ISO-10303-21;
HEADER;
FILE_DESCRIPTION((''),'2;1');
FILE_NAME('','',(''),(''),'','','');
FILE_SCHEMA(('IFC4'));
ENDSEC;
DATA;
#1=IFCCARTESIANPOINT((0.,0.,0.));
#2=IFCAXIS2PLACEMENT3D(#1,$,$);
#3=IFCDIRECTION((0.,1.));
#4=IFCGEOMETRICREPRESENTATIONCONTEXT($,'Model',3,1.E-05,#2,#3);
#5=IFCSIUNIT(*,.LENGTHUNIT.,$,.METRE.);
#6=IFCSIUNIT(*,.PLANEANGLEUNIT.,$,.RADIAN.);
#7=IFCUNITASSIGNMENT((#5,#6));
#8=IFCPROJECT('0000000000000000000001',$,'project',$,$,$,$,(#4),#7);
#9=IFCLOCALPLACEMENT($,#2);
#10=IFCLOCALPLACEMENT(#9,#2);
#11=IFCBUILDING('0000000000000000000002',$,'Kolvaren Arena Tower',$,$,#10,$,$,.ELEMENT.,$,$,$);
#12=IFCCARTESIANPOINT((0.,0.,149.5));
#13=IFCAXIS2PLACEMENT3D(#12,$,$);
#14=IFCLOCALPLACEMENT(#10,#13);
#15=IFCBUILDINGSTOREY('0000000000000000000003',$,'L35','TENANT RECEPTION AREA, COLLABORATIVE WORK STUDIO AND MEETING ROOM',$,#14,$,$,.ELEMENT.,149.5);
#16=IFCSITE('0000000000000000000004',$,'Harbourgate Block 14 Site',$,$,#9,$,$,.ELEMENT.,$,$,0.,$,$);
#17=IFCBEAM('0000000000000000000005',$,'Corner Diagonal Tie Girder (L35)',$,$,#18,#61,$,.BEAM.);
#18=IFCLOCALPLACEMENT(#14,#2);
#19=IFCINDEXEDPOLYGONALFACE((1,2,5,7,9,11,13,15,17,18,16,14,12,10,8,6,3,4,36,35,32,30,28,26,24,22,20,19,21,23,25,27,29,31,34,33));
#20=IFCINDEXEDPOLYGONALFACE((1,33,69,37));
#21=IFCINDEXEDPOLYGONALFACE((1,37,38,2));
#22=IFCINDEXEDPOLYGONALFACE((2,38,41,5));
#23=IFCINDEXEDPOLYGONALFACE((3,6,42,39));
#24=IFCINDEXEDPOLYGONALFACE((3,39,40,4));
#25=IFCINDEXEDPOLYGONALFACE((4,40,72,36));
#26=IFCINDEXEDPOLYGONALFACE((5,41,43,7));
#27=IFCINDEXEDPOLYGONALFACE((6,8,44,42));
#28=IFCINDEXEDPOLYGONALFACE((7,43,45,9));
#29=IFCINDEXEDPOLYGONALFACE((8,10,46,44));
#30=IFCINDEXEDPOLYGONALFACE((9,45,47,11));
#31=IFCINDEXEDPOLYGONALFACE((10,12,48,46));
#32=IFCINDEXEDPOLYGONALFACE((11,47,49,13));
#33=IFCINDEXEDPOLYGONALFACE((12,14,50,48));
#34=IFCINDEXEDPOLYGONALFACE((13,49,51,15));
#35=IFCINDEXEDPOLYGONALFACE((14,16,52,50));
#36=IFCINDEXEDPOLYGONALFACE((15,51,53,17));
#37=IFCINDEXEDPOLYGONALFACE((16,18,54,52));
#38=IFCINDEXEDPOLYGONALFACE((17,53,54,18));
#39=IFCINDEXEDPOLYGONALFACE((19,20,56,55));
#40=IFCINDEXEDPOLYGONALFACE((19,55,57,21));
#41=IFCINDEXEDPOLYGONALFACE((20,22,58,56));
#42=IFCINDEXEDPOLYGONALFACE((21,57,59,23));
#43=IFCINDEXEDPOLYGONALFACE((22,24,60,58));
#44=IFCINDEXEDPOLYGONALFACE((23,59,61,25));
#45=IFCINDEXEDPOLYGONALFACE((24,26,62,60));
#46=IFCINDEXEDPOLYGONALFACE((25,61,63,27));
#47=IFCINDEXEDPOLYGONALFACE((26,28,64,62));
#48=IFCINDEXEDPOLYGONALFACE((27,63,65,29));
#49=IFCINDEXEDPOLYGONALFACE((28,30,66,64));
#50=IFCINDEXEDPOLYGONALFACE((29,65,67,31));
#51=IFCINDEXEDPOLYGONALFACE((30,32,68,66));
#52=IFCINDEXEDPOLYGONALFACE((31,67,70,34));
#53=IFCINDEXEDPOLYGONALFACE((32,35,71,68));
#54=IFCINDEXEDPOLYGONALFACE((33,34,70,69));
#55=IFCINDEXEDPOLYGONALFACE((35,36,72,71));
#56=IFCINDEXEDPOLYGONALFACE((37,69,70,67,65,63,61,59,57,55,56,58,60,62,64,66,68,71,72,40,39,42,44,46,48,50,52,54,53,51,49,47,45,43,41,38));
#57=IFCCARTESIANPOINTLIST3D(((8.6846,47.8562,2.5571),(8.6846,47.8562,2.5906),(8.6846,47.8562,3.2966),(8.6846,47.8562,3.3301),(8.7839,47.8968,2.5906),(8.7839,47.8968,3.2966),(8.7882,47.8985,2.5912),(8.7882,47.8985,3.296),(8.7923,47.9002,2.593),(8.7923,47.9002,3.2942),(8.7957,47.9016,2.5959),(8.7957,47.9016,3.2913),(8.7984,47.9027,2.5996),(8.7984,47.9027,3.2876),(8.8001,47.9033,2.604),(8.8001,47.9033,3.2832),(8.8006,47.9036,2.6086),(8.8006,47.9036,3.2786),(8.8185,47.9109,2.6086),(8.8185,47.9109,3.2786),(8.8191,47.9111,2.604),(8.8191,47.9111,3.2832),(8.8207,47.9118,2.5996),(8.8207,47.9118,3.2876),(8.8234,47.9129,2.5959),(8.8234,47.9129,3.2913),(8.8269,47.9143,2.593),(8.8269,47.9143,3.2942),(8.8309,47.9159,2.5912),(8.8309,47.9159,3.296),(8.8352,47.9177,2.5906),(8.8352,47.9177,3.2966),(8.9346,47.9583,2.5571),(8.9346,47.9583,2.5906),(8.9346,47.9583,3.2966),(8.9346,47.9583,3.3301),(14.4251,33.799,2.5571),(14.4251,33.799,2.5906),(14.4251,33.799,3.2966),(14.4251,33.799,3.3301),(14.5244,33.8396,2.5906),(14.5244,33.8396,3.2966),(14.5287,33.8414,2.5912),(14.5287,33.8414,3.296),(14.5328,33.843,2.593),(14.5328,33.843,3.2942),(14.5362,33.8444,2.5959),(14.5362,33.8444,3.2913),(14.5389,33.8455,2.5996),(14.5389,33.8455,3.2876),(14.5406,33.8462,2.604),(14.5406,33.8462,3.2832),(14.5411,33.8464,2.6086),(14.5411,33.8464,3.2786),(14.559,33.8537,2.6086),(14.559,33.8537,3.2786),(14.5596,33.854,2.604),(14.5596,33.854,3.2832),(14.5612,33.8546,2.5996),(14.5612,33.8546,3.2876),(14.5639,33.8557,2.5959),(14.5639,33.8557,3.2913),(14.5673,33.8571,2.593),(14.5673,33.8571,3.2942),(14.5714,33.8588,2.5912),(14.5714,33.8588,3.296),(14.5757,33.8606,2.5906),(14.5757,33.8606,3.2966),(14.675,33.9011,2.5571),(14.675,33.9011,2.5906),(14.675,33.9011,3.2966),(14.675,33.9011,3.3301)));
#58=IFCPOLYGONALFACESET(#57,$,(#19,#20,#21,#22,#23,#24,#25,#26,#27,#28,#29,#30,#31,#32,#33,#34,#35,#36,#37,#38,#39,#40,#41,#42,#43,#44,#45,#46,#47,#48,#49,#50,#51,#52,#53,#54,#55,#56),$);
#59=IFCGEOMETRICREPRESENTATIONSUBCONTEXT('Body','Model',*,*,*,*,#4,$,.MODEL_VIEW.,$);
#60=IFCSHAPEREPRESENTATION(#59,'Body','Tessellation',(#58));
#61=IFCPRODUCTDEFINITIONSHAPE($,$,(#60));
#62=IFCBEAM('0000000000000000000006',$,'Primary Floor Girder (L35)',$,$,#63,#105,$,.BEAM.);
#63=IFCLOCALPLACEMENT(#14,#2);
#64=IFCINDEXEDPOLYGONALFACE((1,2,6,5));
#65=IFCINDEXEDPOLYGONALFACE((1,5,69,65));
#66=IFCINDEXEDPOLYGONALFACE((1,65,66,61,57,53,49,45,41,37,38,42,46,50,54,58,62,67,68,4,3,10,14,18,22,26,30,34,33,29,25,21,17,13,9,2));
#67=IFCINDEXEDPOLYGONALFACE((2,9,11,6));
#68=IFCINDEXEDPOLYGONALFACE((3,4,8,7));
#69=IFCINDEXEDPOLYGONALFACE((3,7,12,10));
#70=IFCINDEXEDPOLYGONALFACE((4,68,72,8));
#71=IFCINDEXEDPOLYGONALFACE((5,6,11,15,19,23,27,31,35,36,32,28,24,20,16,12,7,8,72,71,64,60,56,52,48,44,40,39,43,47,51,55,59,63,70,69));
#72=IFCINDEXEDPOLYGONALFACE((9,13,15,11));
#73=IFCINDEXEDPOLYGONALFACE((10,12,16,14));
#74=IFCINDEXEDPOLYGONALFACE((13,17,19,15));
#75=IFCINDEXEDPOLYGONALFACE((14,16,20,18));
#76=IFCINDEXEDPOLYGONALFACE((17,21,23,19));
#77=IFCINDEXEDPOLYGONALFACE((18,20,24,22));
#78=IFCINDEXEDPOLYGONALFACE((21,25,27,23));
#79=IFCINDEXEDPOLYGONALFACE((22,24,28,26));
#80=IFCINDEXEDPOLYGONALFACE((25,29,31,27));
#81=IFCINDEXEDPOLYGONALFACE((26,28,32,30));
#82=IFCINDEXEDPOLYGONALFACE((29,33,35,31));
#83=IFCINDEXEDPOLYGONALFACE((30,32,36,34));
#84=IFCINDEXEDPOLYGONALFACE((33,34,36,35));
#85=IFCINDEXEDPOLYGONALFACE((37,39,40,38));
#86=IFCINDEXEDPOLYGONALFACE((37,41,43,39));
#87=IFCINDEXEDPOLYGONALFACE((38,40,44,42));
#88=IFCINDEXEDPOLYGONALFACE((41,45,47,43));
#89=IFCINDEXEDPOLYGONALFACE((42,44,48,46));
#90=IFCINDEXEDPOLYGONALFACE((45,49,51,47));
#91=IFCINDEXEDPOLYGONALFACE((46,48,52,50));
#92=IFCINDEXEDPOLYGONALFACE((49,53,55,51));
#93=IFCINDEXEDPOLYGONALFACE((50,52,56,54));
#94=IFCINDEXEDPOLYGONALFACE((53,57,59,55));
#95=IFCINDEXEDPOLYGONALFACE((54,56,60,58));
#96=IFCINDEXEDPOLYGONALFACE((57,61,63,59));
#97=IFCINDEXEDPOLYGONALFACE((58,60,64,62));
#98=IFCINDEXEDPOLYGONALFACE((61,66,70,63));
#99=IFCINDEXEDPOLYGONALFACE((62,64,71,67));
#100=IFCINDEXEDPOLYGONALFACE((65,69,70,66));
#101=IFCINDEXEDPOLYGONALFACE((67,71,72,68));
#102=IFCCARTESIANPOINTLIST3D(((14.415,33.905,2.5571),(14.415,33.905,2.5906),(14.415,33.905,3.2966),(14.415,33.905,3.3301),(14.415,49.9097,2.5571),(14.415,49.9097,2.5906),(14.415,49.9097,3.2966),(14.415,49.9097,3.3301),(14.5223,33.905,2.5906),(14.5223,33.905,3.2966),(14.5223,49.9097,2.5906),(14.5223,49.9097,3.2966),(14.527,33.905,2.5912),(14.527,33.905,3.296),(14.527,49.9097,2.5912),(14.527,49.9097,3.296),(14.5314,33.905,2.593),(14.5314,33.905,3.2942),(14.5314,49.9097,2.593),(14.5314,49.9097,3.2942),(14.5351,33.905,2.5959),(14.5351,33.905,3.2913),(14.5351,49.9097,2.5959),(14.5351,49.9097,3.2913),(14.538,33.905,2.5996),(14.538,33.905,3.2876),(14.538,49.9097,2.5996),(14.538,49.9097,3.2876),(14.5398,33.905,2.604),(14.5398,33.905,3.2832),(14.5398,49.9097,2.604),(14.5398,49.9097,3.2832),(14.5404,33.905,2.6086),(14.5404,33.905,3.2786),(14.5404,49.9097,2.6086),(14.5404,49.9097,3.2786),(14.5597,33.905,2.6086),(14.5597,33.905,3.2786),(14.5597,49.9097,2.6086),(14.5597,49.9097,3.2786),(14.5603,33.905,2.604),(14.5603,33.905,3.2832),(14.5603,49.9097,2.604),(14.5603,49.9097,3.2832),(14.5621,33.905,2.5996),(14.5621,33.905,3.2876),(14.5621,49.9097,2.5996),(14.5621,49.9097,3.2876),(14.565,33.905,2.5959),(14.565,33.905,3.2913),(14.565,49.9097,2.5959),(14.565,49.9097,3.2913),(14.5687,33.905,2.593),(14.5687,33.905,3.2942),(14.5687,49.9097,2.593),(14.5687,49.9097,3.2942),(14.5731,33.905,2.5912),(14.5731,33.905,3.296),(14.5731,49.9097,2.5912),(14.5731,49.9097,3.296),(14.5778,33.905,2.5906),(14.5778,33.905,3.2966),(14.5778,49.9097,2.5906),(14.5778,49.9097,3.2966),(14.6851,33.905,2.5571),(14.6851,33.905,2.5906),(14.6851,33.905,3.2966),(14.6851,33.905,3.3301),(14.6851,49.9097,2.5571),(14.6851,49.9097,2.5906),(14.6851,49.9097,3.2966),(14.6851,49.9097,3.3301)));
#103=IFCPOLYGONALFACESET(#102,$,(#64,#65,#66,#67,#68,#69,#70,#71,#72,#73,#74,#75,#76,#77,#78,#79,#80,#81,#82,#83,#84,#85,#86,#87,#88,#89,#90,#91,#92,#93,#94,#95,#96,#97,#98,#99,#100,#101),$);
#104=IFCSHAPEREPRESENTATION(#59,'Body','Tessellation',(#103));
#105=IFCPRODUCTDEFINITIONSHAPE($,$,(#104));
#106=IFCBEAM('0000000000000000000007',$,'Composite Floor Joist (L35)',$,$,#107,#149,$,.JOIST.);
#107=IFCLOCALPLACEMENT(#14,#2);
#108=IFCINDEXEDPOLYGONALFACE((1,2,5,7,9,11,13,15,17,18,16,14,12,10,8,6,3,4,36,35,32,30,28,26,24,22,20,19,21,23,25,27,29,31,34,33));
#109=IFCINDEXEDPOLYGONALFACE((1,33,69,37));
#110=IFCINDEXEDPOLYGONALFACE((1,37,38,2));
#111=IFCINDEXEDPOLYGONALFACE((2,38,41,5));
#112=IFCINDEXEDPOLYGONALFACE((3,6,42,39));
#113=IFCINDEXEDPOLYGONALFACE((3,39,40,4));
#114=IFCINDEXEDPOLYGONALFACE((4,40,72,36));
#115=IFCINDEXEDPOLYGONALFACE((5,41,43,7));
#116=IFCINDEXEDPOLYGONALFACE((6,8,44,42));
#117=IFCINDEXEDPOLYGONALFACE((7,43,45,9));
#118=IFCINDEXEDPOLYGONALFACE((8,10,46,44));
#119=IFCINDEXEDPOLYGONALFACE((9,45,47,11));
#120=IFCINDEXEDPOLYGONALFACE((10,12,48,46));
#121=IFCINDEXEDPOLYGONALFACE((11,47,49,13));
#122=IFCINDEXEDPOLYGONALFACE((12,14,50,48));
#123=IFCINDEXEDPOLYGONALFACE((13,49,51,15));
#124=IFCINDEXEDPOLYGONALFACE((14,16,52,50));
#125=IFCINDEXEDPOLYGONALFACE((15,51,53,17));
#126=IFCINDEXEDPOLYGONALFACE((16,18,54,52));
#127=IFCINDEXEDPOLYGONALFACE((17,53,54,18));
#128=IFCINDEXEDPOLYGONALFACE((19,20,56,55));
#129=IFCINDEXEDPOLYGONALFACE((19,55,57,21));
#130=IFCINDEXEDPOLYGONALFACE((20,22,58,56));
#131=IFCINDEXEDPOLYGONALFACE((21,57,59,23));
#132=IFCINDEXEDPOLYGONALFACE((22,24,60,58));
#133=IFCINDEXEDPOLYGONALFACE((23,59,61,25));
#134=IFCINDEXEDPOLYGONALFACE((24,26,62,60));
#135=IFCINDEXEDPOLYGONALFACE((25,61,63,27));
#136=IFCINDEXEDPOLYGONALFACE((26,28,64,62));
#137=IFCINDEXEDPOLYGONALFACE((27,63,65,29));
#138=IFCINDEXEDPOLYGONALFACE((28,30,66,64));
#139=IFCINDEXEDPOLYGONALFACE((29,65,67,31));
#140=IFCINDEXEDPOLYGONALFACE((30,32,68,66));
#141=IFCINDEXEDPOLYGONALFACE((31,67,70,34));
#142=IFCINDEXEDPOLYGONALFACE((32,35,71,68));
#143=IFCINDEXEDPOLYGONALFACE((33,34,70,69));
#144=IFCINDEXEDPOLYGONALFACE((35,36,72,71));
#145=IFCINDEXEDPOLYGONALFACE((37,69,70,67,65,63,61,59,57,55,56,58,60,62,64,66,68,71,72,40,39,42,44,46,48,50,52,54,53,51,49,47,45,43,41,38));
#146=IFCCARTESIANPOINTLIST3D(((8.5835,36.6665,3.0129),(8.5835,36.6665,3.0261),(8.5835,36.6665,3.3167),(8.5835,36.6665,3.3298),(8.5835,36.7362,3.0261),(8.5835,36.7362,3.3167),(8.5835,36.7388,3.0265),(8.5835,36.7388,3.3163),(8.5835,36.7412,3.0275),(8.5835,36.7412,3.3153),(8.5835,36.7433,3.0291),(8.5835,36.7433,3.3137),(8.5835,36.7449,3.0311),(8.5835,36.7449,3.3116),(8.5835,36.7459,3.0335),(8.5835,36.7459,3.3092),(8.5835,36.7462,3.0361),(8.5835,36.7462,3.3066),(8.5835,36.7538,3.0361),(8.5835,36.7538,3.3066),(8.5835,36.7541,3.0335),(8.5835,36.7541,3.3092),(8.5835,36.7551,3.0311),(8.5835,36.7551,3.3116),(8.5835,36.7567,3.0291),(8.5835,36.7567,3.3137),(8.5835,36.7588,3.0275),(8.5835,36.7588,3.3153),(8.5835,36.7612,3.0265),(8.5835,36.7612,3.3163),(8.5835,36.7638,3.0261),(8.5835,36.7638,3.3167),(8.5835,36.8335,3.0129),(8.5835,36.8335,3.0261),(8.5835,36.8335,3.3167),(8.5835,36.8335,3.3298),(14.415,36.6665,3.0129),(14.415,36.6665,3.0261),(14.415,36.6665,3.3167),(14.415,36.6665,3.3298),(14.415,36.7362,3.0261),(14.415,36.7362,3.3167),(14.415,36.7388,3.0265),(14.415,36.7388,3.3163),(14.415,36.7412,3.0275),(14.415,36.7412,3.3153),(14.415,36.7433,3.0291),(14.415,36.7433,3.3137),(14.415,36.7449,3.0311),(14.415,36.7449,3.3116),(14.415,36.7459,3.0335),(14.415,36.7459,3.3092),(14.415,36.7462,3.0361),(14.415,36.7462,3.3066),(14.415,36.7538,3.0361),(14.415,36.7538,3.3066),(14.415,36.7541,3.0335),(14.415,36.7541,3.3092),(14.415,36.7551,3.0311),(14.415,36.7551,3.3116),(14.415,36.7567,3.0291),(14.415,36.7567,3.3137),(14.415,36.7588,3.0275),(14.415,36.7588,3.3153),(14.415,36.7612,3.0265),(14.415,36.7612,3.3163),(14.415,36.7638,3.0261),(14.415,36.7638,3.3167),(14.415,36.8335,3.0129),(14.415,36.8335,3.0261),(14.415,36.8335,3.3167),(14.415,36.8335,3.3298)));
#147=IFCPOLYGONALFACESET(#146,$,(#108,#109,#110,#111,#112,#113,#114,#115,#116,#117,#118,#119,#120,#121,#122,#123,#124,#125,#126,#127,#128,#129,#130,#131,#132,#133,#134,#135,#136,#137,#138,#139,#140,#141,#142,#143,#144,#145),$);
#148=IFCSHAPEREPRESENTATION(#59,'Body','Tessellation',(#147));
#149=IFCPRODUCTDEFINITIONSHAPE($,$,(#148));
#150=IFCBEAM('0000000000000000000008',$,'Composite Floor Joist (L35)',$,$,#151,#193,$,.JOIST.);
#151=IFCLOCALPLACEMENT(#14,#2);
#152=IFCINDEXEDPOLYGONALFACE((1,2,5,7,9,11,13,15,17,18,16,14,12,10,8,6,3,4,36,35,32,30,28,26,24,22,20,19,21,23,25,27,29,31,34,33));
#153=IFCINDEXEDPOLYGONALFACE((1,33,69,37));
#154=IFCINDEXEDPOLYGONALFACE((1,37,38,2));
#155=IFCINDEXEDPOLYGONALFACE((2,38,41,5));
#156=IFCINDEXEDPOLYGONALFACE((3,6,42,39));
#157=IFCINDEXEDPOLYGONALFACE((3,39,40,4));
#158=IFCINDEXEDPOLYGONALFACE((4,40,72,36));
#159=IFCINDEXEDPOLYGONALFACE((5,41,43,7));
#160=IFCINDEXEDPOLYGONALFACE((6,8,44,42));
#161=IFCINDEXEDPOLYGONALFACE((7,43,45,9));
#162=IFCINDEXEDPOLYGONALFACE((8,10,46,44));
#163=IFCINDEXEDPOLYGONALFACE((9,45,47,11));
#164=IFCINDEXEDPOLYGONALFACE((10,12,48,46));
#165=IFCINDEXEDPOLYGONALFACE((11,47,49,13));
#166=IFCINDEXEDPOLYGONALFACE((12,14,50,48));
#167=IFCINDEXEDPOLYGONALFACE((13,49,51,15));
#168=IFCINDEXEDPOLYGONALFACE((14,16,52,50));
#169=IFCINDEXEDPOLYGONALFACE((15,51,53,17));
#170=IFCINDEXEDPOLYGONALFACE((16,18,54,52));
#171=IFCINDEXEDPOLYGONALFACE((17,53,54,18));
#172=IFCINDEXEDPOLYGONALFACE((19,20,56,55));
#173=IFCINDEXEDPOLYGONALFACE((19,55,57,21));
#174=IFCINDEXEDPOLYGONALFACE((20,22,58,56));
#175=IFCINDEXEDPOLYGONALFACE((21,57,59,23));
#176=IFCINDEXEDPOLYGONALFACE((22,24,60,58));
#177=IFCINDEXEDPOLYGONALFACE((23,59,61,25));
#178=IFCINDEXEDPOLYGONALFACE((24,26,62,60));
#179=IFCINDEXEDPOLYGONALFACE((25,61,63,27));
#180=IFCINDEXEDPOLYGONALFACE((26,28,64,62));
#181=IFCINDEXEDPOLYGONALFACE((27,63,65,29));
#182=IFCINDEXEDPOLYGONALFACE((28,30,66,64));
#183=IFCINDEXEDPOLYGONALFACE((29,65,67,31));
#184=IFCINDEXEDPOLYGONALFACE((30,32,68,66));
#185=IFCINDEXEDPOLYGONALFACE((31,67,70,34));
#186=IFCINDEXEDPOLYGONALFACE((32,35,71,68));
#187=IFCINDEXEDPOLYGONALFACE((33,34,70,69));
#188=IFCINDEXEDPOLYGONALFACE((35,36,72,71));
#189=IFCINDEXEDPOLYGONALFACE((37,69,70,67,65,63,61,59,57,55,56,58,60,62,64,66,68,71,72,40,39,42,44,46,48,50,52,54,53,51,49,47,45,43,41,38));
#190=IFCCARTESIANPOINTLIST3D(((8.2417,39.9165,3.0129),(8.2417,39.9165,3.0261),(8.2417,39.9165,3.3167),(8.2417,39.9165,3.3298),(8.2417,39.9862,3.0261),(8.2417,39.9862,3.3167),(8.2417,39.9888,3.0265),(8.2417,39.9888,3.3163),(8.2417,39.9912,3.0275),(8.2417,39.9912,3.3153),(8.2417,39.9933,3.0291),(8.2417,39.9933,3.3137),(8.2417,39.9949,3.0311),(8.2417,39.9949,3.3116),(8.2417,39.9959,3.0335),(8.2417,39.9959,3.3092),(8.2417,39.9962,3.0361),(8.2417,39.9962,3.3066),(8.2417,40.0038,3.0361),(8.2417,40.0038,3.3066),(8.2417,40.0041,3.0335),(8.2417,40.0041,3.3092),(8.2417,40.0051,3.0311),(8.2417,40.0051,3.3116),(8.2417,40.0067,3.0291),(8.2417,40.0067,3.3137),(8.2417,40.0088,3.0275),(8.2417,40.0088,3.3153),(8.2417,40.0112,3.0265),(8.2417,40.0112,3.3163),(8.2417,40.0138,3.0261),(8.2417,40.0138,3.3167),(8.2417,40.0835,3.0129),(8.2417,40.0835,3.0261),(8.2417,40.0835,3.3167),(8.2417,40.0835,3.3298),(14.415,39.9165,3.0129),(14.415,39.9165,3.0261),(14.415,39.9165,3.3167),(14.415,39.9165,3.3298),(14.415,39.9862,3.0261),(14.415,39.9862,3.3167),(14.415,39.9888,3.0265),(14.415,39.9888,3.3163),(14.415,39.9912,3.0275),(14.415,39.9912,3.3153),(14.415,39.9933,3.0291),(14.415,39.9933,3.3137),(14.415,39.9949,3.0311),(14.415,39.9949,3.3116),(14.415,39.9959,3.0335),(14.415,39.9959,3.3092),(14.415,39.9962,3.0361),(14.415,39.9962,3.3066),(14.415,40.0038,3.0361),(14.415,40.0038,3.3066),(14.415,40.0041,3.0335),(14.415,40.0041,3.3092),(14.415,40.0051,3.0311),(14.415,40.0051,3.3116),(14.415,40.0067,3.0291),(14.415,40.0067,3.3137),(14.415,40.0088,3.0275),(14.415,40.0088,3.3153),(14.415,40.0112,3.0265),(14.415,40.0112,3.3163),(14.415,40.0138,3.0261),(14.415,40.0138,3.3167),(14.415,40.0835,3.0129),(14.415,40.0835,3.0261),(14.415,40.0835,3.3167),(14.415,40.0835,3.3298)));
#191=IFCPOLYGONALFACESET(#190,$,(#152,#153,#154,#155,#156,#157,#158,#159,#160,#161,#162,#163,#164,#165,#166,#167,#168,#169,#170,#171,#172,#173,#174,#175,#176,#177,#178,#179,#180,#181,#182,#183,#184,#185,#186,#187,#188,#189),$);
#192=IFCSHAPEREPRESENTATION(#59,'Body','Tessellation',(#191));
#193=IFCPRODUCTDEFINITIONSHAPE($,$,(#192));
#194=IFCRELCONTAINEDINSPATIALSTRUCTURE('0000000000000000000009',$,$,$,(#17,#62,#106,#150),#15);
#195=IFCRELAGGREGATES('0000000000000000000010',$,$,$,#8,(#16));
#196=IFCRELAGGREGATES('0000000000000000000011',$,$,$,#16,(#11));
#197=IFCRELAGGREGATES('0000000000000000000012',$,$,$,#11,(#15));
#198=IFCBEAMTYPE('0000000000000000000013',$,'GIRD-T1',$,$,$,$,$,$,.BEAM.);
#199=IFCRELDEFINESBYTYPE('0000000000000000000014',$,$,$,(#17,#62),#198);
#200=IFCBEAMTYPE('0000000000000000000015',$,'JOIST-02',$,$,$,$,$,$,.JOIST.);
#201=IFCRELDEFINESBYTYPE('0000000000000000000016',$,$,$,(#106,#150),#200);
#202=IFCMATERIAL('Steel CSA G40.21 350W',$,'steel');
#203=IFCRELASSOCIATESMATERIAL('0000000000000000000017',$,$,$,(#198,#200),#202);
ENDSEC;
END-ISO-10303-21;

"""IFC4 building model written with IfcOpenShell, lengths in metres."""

from ifc_helpers import new_model, si_unit, direction, frame, origin, origin_2d, place, context, subcontext, project, spatial, i_section, extrude, material, material_profile, profile_set, type_object, element, save


model = new_model("IFC4")

# Units and contexts
model_context = context("Model", 3, precision=1e-05, world=origin(), true_north=direction((0.0, 1.0)))
body_context = subcontext(model_context, "Body", "Model", "MODEL_VIEW")
ifc_project = project(units=[si_unit("LENGTHUNIT", "METRE"), si_unit("PLANEANGLEUNIT", "RADIAN")], contexts=[model_context])

# Site, building, storey
site_placement = place(None, origin())
site = spatial("IfcSite", under=ifc_project, at=site_placement, Name="Harbourgate Block 14 Site", CompositionType="ELEMENT", RefElevation=0.0)
building_placement = place(site_placement, origin())
building = spatial("IfcBuilding", under=site, at=building_placement, Name="Kolvaren Arena Tower", CompositionType="ELEMENT")
storey_placement = place(building_placement, frame((0.0, 0.0, 149.5)))
storey = spatial("IfcBuildingStorey", under=building, at=storey_placement, Name="L35", Description="TENANT RECEPTION AREA, COLLABORATIVE WORK STUDIO AND MEETING ROOM", CompositionType="ELEMENT", Elevation=149.5)

# Beams
ifc_material_1 = material(Name="Steel CSA G40.21 350W", Category="steel")
ifc_material_profile_1 = material_profile(ifc_material_1, i_section(OverallWidth=0.27, OverallDepth=0.7729, WebThickness=0.0193, FlangeThickness=0.0334, FilletRadius=0.0181, at=origin_2d()), Name="W760x257")
ifc_profile_set_1 = profile_set([ifc_material_profile_1], Name="Steel CSA G40.21 350W")
beam_type_1 = type_object("IfcBeamType", Name="GIRD-T1", PredefinedType="BEAM", material=ifc_profile_set_1)
beam_1_placement = place(storey_placement, frame((8.8096, 47.9072, 2.9436), z_axis=(0.378059, -0.925781, 0.0), x_axis=(0.925781, 0.378059, 0.0)))
element("IfcBeam", 1, at=beam_1_placement, inside=storey, type_object=beam_type_1, Name="Corner Diagonal Tie Girder (L35)", PredefinedType="BEAM", context=body_context, shape_type="SweptSolid", body=[
    extrude(i_section(OverallWidth=0.27, OverallDepth=0.7729, WebThickness=0.0193, FlangeThickness=0.0334, FilletRadius=0.0181, at=origin_2d()), origin(), (0.0, 0.0, 1.0), 15.1841),
])
beam_2_placement = place(storey_placement, frame((14.55, 33.905, 2.9436), z_axis=(0.0, 1.0, 0.0), x_axis=(-1.0, 0.0, 0.0)))
element("IfcBeam", 2, at=beam_2_placement, inside=storey, type_object=beam_type_1, Name="Primary Floor Girder (L35)", PredefinedType="BEAM", context=body_context, shape_type="SweptSolid", body=[
    extrude(i_section(OverallWidth=0.27, OverallDepth=0.7729, WebThickness=0.0193, FlangeThickness=0.0334, FilletRadius=0.0181, at=origin_2d()), origin(), (0.0, 0.0, 1.0), 16.0046),
])
ifc_material_profile_2 = material_profile(ifc_material_1, i_section(OverallWidth=0.167, OverallDepth=0.3169, WebThickness=0.0076, FlangeThickness=0.0132, FilletRadius=0.01, at=origin_2d()), Name="W310x52")
ifc_profile_set_2 = profile_set([ifc_material_profile_2], Name="Steel CSA G40.21 350W")
beam_type_2 = type_object("IfcBeamType", Name="JOIST-02", PredefinedType="JOIST", material=ifc_profile_set_2)
beam_3_placement = place(storey_placement, frame((8.5835, 36.75, 3.1714), z_axis=(1.0, 0.0, 0.0), x_axis=(0.0, 1.0, 0.0)))
element("IfcBeam", 3, at=beam_3_placement, inside=storey, type_object=beam_type_2, Name="Composite Floor Joist (L35)", PredefinedType="JOIST", context=body_context, shape_type="SweptSolid", body=[
    extrude(i_section(OverallWidth=0.167, OverallDepth=0.3169, WebThickness=0.0076, FlangeThickness=0.0132, FilletRadius=0.01, at=origin_2d()), origin(), (0.0, 0.0, 1.0), 5.8315),
])
beam_4_placement = place(storey_placement, frame((8.2417, 40.0, 3.1714), z_axis=(1.0, 0.0, 0.0), x_axis=(0.0, 1.0, 0.0)))
element("IfcBeam", 4, at=beam_4_placement, inside=storey, type_object=beam_type_2, Name="Composite Floor Joist (L35)", PredefinedType="JOIST", context=body_context, shape_type="SweptSolid", body=[
    extrude(i_section(OverallWidth=0.167, OverallDepth=0.3169, WebThickness=0.0076, FlangeThickness=0.0132, FilletRadius=0.01, at=origin_2d()), origin(), (0.0, 0.0, 1.0), 6.1733),
])

save(model, "model.ifc")
